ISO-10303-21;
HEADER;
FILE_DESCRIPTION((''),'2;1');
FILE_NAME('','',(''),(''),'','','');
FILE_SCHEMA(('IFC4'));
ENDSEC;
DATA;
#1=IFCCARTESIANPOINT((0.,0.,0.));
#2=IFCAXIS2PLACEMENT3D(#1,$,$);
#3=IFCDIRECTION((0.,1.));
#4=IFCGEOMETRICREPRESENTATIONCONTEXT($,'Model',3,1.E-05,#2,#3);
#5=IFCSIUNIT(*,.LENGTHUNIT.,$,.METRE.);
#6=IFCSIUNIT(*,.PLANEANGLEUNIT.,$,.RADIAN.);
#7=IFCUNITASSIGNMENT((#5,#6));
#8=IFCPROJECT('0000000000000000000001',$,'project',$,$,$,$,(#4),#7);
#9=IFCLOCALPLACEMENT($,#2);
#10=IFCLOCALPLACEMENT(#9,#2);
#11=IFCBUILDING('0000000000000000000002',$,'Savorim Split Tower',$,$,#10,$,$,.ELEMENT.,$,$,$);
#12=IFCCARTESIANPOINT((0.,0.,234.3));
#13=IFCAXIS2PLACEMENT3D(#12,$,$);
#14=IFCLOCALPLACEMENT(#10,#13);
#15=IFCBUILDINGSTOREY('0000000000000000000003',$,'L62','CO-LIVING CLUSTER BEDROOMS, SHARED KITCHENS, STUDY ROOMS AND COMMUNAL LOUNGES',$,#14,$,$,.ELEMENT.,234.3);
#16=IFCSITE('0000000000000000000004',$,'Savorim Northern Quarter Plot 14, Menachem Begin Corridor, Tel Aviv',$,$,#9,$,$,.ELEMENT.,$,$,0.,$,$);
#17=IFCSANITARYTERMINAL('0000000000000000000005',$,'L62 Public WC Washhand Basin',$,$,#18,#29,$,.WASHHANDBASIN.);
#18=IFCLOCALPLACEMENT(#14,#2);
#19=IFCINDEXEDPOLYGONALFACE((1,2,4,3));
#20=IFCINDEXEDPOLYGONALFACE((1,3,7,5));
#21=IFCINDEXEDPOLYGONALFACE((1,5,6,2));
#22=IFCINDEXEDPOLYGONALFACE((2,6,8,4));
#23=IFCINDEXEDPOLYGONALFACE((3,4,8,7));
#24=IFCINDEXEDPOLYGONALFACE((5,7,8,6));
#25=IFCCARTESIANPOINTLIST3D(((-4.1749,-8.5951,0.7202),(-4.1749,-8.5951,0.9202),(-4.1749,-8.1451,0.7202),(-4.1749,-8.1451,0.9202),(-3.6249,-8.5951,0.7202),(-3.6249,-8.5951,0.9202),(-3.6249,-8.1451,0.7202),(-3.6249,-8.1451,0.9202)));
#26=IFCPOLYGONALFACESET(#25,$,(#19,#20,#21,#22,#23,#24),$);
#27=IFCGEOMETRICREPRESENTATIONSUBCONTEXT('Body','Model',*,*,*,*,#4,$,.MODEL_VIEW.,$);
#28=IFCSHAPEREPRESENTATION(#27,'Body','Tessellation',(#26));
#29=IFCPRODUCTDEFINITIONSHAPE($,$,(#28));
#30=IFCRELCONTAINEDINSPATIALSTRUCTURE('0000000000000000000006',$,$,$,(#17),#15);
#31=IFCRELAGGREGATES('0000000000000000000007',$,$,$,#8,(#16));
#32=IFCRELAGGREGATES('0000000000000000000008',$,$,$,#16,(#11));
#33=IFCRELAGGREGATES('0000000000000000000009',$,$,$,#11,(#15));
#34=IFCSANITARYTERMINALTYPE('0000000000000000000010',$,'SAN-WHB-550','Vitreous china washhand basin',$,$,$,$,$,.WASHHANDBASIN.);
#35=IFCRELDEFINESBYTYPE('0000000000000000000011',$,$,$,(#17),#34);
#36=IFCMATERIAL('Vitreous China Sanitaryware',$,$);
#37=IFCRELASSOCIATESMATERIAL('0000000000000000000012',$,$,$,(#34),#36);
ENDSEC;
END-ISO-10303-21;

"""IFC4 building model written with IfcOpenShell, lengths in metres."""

from ifc_helpers import new_model, si_unit, direction, frame, origin, origin_2d, place, context, subcontext, project, spatial, rectangle, extrude, material, type_object, element, save


model = new_model("IFC4")

# Units and contexts
model_context = context("Model", 3, precision=1e-05, world=origin(), true_north=direction((0.0, 1.0)))
body_context = subcontext(model_context, "Body", "Model", "MODEL_VIEW")
ifc_project = project(units=[si_unit("LENGTHUNIT", "METRE"), si_unit("PLANEANGLEUNIT", "RADIAN")], contexts=[model_context])

# Site, building, storey
site_placement = place(None, origin())
site = spatial("IfcSite", under=ifc_project, at=site_placement, Name="Savorim Northern Quarter Plot 14, Menachem Begin Corridor, Tel Aviv", CompositionType="ELEMENT", RefElevation=0.0)
building_placement = place(site_placement, origin())
building = spatial("IfcBuilding", under=site, at=building_placement, Name="Savorim Split Tower", CompositionType="ELEMENT")
storey_placement = place(building_placement, frame((0.0, 0.0, 234.3)))
storey = spatial("IfcBuildingStorey", under=building, at=storey_placement, Name="L62", Description="CO-LIVING CLUSTER BEDROOMS, SHARED KITCHENS, STUDY ROOMS AND COMMUNAL LOUNGES", CompositionType="ELEMENT", Elevation=234.3)

# Sanitary terminal
ifc_material_1 = material(Name="Vitreous China Sanitaryware")
sanitary_terminal_type_1 = type_object("IfcSanitaryTerminalType", Name="SAN-WHB-550", Description="Vitreous china washhand basin", PredefinedType="WASHHANDBASIN", material=ifc_material_1)
sanitary_terminal_1_placement = place(storey_placement, frame((-3.8999, -8.3701, 0.7202), z_axis=(0.0, 0.0, 1.0), x_axis=(1.0, 0.0, 0.0)))
element("IfcSanitaryTerminal", 1, at=sanitary_terminal_1_placement, inside=storey, type_object=sanitary_terminal_type_1, Name="L62 Public WC Washhand Basin", PredefinedType="WASHHANDBASIN", context=body_context, shape_type="SweptSolid", body=[
    extrude(rectangle(XDim=0.55, YDim=0.45, at=origin_2d()), origin(), (0.0, 0.0, 1.0), 0.2),
])

save(model, "model.ifc")
